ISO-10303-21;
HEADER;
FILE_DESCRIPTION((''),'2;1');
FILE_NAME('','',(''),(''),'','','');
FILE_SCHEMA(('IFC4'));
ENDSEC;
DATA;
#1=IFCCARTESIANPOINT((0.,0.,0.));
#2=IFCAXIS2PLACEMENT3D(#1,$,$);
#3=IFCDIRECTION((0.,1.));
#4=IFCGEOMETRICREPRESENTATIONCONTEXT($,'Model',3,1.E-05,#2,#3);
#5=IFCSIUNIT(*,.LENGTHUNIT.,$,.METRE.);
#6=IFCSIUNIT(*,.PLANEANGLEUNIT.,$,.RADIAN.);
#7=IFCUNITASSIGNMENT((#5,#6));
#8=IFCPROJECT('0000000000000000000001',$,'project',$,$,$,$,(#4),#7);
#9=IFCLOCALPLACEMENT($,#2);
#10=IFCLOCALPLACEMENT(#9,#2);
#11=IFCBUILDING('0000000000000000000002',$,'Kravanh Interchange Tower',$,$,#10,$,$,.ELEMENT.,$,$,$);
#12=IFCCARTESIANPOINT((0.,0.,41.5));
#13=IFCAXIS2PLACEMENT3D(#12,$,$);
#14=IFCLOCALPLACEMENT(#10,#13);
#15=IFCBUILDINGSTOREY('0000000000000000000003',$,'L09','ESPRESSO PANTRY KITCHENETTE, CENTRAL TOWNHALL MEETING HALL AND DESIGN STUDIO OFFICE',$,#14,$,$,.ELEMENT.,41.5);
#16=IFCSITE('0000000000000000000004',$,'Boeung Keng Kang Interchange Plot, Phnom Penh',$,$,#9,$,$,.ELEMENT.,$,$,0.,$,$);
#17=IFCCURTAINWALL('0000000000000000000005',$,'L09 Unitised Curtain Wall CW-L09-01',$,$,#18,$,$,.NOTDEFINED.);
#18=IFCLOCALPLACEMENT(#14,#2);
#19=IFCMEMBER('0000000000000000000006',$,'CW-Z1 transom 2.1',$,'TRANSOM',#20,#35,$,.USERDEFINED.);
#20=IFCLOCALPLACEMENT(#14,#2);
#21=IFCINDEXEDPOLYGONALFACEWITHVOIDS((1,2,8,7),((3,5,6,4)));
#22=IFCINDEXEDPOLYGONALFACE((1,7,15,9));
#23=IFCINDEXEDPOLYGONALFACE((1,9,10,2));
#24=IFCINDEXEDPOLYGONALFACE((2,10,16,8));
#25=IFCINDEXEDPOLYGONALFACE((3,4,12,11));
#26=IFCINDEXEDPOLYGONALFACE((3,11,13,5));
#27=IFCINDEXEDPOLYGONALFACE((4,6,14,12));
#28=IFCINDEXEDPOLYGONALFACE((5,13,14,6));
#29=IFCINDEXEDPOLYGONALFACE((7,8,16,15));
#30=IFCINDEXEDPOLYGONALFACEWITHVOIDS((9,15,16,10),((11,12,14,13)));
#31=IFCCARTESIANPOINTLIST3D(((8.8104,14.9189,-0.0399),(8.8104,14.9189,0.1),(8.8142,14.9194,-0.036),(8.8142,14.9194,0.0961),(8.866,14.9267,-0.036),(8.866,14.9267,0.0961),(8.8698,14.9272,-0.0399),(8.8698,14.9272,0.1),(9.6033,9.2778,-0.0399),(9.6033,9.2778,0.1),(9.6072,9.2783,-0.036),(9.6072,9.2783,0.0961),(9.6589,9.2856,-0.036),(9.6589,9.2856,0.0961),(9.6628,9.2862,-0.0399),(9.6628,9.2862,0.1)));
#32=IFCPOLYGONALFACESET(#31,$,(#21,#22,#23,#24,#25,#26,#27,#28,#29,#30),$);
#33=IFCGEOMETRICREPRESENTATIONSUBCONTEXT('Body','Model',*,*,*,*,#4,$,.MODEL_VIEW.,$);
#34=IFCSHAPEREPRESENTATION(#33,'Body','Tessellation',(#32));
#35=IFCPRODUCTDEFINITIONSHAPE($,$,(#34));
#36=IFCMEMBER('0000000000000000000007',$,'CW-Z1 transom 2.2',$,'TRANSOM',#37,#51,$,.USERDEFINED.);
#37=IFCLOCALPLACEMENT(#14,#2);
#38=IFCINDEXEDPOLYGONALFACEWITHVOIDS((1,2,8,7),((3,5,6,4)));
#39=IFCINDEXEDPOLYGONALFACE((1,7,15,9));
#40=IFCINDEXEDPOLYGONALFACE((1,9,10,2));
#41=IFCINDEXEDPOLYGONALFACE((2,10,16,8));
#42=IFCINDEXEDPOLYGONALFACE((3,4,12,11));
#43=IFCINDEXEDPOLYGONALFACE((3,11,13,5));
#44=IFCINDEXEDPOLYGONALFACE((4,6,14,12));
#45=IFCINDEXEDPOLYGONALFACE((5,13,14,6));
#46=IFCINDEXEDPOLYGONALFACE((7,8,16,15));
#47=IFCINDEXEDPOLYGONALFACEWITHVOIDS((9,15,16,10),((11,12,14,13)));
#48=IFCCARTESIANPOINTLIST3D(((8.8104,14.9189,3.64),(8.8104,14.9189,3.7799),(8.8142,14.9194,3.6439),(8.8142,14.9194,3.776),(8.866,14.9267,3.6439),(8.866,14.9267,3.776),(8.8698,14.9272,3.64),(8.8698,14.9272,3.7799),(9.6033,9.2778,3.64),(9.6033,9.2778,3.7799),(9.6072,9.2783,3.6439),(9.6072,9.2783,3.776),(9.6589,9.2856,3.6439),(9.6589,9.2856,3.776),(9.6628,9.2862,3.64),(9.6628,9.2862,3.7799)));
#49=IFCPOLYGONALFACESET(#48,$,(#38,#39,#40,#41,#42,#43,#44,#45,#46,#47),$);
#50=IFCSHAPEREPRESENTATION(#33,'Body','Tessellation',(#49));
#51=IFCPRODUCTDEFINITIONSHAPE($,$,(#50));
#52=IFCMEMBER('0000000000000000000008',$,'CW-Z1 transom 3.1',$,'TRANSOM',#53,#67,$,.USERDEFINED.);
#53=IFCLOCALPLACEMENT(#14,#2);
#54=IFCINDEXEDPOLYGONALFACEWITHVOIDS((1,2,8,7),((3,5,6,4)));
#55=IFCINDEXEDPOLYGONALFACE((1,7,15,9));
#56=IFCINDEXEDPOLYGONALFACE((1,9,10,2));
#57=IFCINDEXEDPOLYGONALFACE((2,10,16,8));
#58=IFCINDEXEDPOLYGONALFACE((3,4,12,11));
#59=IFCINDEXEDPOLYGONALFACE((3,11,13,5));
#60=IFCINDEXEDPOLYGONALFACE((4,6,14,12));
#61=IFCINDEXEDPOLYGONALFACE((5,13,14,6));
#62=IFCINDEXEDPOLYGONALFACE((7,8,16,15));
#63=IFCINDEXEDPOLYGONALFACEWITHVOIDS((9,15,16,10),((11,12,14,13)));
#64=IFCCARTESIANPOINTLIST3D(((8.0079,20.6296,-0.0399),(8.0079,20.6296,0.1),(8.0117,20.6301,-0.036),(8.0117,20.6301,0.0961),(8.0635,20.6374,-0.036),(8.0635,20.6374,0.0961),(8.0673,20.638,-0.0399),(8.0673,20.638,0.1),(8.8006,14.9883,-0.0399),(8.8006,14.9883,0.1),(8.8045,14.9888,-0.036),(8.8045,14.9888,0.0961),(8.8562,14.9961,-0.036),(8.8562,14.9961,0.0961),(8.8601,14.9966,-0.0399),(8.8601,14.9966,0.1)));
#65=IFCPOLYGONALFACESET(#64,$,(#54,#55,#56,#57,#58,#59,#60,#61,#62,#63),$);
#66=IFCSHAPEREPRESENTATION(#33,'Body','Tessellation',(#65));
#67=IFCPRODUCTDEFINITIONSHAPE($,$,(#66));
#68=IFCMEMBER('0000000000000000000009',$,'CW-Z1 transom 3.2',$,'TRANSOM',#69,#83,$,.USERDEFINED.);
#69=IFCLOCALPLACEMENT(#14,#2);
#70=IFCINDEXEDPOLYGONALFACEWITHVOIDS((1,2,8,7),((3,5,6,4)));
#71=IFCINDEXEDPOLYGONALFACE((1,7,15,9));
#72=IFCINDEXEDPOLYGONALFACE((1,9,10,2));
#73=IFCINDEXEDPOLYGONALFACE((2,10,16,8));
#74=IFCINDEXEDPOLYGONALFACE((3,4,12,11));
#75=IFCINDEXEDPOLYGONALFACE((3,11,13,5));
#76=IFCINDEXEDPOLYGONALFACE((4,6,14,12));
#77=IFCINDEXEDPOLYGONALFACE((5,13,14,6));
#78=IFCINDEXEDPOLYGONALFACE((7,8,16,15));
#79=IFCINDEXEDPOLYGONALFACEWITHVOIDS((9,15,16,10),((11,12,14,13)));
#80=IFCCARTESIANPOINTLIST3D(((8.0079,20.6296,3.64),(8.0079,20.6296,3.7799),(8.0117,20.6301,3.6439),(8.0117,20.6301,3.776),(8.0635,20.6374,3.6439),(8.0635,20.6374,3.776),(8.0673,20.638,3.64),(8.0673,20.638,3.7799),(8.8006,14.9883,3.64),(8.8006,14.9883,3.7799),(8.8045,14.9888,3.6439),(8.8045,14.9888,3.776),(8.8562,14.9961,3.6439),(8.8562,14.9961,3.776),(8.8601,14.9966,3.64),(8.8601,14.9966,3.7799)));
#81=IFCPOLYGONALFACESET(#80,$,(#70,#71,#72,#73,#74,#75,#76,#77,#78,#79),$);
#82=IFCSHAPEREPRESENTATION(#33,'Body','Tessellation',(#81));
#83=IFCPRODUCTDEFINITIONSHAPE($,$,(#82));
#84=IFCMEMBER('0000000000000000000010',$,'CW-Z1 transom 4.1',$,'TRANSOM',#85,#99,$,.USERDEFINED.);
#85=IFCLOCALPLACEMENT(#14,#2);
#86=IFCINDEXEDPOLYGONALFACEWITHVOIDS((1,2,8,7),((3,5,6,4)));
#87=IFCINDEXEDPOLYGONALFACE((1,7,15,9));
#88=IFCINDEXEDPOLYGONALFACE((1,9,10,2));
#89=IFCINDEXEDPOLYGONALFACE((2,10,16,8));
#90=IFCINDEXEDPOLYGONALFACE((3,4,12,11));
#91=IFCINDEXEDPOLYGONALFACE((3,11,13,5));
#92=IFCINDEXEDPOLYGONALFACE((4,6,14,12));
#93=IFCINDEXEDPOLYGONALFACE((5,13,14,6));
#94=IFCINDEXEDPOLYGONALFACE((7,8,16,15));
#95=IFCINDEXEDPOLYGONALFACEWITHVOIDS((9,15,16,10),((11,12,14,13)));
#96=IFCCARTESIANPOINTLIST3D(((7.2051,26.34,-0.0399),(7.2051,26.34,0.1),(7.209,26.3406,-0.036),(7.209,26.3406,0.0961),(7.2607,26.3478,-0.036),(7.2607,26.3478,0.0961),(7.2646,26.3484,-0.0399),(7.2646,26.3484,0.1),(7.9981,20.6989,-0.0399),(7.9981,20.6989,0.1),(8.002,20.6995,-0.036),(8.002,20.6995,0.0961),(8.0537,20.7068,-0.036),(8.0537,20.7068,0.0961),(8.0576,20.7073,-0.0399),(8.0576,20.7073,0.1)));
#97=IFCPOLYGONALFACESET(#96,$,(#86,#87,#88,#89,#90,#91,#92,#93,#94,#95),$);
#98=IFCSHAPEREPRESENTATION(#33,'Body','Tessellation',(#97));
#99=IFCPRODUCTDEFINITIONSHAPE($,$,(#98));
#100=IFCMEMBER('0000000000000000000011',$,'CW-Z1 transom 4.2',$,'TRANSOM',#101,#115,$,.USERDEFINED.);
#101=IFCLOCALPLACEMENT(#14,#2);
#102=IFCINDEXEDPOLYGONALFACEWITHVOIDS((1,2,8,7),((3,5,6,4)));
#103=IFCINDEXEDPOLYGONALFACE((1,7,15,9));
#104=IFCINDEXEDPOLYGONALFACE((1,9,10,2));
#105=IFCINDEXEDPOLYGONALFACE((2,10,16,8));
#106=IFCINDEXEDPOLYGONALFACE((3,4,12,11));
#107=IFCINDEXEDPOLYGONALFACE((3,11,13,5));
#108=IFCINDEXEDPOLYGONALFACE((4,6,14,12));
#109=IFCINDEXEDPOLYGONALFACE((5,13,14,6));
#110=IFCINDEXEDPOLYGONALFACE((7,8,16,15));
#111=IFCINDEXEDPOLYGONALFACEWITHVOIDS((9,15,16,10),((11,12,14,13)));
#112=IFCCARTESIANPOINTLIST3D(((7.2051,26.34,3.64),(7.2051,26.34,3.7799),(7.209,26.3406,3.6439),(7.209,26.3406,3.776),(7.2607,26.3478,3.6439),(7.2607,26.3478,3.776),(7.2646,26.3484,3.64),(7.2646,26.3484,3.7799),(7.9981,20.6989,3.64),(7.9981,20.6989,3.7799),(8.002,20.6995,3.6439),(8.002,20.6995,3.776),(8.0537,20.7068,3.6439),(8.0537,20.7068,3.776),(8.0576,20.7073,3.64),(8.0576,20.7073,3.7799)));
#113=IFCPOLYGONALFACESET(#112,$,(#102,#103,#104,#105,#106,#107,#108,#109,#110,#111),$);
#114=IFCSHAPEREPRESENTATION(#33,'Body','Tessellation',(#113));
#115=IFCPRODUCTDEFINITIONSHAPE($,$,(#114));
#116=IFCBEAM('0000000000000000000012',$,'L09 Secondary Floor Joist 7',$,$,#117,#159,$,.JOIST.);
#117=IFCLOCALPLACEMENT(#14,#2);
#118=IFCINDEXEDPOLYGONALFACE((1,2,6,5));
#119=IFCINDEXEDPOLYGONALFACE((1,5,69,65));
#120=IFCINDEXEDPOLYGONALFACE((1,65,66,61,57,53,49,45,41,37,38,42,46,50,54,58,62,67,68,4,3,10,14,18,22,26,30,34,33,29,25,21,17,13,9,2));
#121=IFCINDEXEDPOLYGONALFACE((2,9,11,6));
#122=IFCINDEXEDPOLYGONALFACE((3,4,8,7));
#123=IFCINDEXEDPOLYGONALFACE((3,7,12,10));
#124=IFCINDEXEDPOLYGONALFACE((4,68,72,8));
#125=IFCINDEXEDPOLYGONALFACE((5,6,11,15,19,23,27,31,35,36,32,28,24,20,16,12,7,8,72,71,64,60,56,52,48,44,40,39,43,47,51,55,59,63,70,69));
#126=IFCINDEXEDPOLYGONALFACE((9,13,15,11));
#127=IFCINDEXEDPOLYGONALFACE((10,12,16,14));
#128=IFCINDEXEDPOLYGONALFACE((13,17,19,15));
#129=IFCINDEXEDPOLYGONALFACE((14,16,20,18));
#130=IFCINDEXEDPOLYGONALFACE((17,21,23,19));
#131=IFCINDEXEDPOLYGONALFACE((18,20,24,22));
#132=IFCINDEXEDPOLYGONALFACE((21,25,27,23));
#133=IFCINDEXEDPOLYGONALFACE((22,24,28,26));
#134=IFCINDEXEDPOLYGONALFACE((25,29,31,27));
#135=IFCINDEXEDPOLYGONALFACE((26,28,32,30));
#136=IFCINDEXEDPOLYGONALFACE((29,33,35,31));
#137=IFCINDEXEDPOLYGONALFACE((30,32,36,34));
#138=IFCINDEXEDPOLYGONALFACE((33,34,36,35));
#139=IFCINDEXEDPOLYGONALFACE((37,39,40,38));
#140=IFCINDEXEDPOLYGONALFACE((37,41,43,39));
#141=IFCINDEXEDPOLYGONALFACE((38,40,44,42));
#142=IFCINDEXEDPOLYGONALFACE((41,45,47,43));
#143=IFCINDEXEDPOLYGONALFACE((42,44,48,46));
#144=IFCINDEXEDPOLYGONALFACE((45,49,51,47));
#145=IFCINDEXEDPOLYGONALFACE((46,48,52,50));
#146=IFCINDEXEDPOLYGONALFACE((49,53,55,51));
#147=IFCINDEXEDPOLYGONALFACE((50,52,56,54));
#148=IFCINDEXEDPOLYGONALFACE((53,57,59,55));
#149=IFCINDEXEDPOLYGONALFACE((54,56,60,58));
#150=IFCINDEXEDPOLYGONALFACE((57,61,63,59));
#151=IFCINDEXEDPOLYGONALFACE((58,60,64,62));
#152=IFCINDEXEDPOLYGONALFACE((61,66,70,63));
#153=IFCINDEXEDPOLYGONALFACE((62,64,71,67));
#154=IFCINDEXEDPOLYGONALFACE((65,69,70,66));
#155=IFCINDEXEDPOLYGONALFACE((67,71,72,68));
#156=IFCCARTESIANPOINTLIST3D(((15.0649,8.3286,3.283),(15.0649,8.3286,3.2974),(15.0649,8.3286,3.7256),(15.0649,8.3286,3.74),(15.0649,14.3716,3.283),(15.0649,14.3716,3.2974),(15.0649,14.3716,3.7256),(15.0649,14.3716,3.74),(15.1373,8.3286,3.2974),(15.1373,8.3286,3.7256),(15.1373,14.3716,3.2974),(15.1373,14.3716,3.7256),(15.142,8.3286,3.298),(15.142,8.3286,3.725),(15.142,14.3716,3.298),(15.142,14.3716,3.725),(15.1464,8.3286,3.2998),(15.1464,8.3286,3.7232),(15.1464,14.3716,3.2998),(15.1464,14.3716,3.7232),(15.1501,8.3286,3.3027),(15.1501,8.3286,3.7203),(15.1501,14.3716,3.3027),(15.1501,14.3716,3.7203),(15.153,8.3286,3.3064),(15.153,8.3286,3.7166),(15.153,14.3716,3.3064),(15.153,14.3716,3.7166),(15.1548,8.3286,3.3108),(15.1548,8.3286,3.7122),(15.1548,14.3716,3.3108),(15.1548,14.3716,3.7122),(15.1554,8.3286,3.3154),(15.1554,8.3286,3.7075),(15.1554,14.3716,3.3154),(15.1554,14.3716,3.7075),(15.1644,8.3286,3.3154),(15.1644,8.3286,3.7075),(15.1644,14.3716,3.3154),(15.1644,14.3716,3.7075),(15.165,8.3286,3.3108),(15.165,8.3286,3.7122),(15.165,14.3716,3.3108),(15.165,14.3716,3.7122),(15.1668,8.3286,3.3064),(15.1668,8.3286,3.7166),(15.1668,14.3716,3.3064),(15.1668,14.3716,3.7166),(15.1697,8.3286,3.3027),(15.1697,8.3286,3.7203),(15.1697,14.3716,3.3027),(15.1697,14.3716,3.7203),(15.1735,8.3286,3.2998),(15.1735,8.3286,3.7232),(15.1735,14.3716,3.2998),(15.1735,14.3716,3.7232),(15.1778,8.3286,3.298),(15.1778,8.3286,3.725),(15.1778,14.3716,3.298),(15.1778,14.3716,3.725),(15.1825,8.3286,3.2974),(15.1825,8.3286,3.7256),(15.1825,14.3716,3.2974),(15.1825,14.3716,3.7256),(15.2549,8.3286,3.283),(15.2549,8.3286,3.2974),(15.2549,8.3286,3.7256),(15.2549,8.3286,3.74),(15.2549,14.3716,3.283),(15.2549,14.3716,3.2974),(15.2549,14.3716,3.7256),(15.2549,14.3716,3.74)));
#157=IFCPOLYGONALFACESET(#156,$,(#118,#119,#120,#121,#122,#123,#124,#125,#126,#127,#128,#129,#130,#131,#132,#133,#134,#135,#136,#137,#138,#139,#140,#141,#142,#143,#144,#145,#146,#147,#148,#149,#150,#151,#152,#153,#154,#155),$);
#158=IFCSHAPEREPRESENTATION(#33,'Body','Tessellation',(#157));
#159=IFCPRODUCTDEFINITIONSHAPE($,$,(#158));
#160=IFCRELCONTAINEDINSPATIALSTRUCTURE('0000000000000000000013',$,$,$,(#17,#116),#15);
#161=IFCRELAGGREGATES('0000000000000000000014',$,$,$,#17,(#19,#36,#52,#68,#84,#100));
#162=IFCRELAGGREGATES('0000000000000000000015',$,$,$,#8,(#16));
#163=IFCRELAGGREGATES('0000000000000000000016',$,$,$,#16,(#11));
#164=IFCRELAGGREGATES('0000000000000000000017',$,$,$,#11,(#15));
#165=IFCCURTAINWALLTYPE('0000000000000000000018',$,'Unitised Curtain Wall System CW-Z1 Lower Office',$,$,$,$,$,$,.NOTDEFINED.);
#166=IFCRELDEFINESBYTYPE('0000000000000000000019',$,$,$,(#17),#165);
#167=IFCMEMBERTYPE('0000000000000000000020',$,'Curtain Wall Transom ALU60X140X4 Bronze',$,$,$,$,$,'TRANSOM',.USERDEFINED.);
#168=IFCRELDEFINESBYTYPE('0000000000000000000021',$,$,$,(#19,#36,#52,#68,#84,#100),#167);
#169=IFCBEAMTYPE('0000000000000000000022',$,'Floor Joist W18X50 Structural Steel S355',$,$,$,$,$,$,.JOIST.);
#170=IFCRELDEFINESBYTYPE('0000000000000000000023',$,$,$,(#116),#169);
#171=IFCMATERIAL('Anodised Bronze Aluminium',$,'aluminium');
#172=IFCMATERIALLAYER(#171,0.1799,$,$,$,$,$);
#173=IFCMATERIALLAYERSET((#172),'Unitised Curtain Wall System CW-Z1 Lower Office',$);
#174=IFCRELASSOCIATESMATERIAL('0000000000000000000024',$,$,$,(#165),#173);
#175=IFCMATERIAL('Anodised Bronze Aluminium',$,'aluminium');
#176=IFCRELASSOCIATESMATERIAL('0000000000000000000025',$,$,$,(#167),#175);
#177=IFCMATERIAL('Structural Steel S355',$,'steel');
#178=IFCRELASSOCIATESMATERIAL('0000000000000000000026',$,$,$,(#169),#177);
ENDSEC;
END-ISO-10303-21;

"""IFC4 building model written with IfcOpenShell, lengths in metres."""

from ifc_helpers import new_model, si_unit, direction, frame, origin, origin_2d, place, context, subcontext, project, spatial, hollow_rectangle, i_section, extrude, material, layer, layer_set, material_profile, profile_set, type_object, element, aggregate, save


model = new_model("IFC4")

# Units and contexts
model_context = context("Model", 3, precision=1e-05, world=origin(), true_north=direction((0.0, 1.0)))
body_context = subcontext(model_context, "Body", "Model", "MODEL_VIEW")
ifc_project = project(units=[si_unit("LENGTHUNIT", "METRE"), si_unit("PLANEANGLEUNIT", "RADIAN")], contexts=[model_context])

# Site, building, storey
site_placement = place(None, origin())
site = spatial("IfcSite", under=ifc_project, at=site_placement, Name="Boeung Keng Kang Interchange Plot, Phnom Penh", CompositionType="ELEMENT", RefElevation=0.0)
building_placement = place(site_placement, origin())
building = spatial("IfcBuilding", under=site, at=building_placement, Name="Kravanh Interchange Tower", CompositionType="ELEMENT")
storey_placement = place(building_placement, frame((0.0, 0.0, 41.5)))
storey = spatial("IfcBuildingStorey", under=building, at=storey_placement, Name="L09", Description="ESPRESSO PANTRY KITCHENETTE, CENTRAL TOWNHALL MEETING HALL AND DESIGN STUDIO OFFICE", CompositionType="ELEMENT", Elevation=41.5)

# Curtain wall, members
ifc_material_1 = material(Name="Anodised Bronze Aluminium", Category="aluminium")
ifc_layer_1 = layer(ifc_material_1, 0.1799)
ifc_layer_set_1 = layer_set([ifc_layer_1], Name="Unitised Curtain Wall System CW-Z1 Lower Office")
curtain_wall_type = type_object("IfcCurtainWallType", Name="Unitised Curtain Wall System CW-Z1 Lower Office", PredefinedType="NOTDEFINED", material=ifc_layer_set_1)
curtain_wall_placement = place(storey_placement, origin())
curtain_wall = element("IfcCurtainWall", 1, at=curtain_wall_placement, inside=storey, type_object=curtain_wall_type, Name="L09 Unitised Curtain Wall CW-L09-01", PredefinedType="NOTDEFINED")
ifc_material_2 = material(Name="Anodised Bronze Aluminium", Category="aluminium")
ifc_material_profile_1 = material_profile(ifc_material_2, hollow_rectangle(XDim=0.0601, YDim=0.1399, WallThickness=0.0039, at=origin_2d()), Name="ALU60X140X4")
ifc_profile_set_1 = profile_set([ifc_material_profile_1], Name="Anodised Bronze Aluminium")
member_type_1 = type_object("IfcMemberType", Name="Curtain Wall Transom ALU60X140X4 Bronze", ElementType="TRANSOM", PredefinedType="USERDEFINED", material=ifc_profile_set_1)
member_1_placement = place(storey_placement, frame((9.6331, 9.282, 0.03), z_axis=(-0.139201, 0.990264, 0.0), x_axis=(-0.990264, -0.139201, 0.0)))
member_1 = element("IfcMember", 2, at=member_1_placement, type_object=member_type_1, Name="CW-Z1 transom 2.1", ObjectType="TRANSOM", PredefinedType="USERDEFINED", context=body_context, shape_type="SweptSolid", body=[
    extrude(hollow_rectangle(XDim=0.0601, YDim=0.1399, WallThickness=0.0039, at=origin_2d()), origin(), (0.0, 0.0, 1.0), 5.6965),
])
member_2_placement = place(storey_placement, frame((9.6331, 9.282, 3.71), z_axis=(-0.139201, 0.990264, 0.0), x_axis=(-0.990264, -0.139201, 0.0)))
member_2 = element("IfcMember", 3, at=member_2_placement, type_object=member_type_1, Name="CW-Z1 transom 2.2", ObjectType="TRANSOM", PredefinedType="USERDEFINED", context=body_context, shape_type="SweptSolid", body=[
    extrude(hollow_rectangle(XDim=0.0601, YDim=0.1399, WallThickness=0.0039, at=origin_2d()), origin(), (0.0, 0.0, 1.0), 5.6965),
])
member_3_placement = place(storey_placement, frame((8.8303, 14.9924, 0.03), z_axis=(-0.139153, 0.990271, 0.0), x_axis=(-0.990271, -0.139153, 0.0)))
member_3 = element("IfcMember", 4, at=member_3_placement, type_object=member_type_1, Name="CW-Z1 transom 3.1", ObjectType="TRANSOM", PredefinedType="USERDEFINED", context=body_context, shape_type="SweptSolid", body=[
    extrude(hollow_rectangle(XDim=0.0601, YDim=0.1399, WallThickness=0.0039, at=origin_2d()), origin(), (0.0, 0.0, 1.0), 5.6968),
])
member_4_placement = place(storey_placement, frame((8.8303, 14.9924, 3.71), z_axis=(-0.139153, 0.990271, 0.0), x_axis=(-0.990271, -0.139153, 0.0)))
member_4 = element("IfcMember", 5, at=member_4_placement, type_object=member_type_1, Name="CW-Z1 transom 3.2", ObjectType="TRANSOM", PredefinedType="USERDEFINED", context=body_context, shape_type="SweptSolid", body=[
    extrude(hollow_rectangle(XDim=0.0601, YDim=0.1399, WallThickness=0.0039, at=origin_2d()), origin(), (0.0, 0.0, 1.0), 5.6968),
])
member_5_placement = place(storey_placement, frame((8.0278, 20.7031, 0.03), z_axis=(-0.139201, 0.990264, 0.0), x_axis=(-0.990264, -0.139201, 0.0)))
member_5 = element("IfcMember", 6, at=member_5_placement, type_object=member_type_1, Name="CW-Z1 transom 4.1", ObjectType="TRANSOM", PredefinedType="USERDEFINED", context=body_context, shape_type="SweptSolid", body=[
    extrude(hollow_rectangle(XDim=0.0601, YDim=0.1399, WallThickness=0.0039, at=origin_2d()), origin(), (0.0, 0.0, 1.0), 5.6965),
])
member_6_placement = place(storey_placement, frame((8.0278, 20.7031, 3.71), z_axis=(-0.139201, 0.990264, 0.0), x_axis=(-0.990264, -0.139201, 0.0)))
member_6 = element("IfcMember", 7, at=member_6_placement, type_object=member_type_1, Name="CW-Z1 transom 4.2", ObjectType="TRANSOM", PredefinedType="USERDEFINED", context=body_context, shape_type="SweptSolid", body=[
    extrude(hollow_rectangle(XDim=0.0601, YDim=0.1399, WallThickness=0.0039, at=origin_2d()), origin(), (0.0, 0.0, 1.0), 5.6965),
])

# Beam
ifc_material_3 = material(Name="Structural Steel S355", Category="steel")
ifc_material_profile_2 = material_profile(ifc_material_3, i_section(OverallWidth=0.1899, OverallDepth=0.457, WebThickness=0.009, FlangeThickness=0.0144, FilletRadius=0.0181, at=origin_2d()), Name="W18X50")
ifc_profile_set_2 = profile_set([ifc_material_profile_2], Name="Structural Steel S355")
beam_type_1 = type_object("IfcBeamType", Name="Floor Joist W18X50 Structural Steel S355", PredefinedType="JOIST", material=ifc_profile_set_2)
beam_1_placement = place(storey_placement, frame((15.1599, 8.3286, 3.5115), z_axis=(0.0, 1.0, 0.0), x_axis=(-1.0, 0.0, 0.0)))
element("IfcBeam", 8, at=beam_1_placement, inside=storey, type_object=beam_type_1, Name="L09 Secondary Floor Joist 7", PredefinedType="JOIST", context=body_context, shape_type="SweptSolid", body=[
    extrude(i_section(OverallWidth=0.1899, OverallDepth=0.457, WebThickness=0.009, FlangeThickness=0.0144, FilletRadius=0.0181, at=origin_2d()), origin(), (0.0, 0.0, 1.0), 6.043),
])

aggregate(curtain_wall, [member_1, member_2, member_3, member_4, member_5, member_6])

save(model, "model.ifc")
